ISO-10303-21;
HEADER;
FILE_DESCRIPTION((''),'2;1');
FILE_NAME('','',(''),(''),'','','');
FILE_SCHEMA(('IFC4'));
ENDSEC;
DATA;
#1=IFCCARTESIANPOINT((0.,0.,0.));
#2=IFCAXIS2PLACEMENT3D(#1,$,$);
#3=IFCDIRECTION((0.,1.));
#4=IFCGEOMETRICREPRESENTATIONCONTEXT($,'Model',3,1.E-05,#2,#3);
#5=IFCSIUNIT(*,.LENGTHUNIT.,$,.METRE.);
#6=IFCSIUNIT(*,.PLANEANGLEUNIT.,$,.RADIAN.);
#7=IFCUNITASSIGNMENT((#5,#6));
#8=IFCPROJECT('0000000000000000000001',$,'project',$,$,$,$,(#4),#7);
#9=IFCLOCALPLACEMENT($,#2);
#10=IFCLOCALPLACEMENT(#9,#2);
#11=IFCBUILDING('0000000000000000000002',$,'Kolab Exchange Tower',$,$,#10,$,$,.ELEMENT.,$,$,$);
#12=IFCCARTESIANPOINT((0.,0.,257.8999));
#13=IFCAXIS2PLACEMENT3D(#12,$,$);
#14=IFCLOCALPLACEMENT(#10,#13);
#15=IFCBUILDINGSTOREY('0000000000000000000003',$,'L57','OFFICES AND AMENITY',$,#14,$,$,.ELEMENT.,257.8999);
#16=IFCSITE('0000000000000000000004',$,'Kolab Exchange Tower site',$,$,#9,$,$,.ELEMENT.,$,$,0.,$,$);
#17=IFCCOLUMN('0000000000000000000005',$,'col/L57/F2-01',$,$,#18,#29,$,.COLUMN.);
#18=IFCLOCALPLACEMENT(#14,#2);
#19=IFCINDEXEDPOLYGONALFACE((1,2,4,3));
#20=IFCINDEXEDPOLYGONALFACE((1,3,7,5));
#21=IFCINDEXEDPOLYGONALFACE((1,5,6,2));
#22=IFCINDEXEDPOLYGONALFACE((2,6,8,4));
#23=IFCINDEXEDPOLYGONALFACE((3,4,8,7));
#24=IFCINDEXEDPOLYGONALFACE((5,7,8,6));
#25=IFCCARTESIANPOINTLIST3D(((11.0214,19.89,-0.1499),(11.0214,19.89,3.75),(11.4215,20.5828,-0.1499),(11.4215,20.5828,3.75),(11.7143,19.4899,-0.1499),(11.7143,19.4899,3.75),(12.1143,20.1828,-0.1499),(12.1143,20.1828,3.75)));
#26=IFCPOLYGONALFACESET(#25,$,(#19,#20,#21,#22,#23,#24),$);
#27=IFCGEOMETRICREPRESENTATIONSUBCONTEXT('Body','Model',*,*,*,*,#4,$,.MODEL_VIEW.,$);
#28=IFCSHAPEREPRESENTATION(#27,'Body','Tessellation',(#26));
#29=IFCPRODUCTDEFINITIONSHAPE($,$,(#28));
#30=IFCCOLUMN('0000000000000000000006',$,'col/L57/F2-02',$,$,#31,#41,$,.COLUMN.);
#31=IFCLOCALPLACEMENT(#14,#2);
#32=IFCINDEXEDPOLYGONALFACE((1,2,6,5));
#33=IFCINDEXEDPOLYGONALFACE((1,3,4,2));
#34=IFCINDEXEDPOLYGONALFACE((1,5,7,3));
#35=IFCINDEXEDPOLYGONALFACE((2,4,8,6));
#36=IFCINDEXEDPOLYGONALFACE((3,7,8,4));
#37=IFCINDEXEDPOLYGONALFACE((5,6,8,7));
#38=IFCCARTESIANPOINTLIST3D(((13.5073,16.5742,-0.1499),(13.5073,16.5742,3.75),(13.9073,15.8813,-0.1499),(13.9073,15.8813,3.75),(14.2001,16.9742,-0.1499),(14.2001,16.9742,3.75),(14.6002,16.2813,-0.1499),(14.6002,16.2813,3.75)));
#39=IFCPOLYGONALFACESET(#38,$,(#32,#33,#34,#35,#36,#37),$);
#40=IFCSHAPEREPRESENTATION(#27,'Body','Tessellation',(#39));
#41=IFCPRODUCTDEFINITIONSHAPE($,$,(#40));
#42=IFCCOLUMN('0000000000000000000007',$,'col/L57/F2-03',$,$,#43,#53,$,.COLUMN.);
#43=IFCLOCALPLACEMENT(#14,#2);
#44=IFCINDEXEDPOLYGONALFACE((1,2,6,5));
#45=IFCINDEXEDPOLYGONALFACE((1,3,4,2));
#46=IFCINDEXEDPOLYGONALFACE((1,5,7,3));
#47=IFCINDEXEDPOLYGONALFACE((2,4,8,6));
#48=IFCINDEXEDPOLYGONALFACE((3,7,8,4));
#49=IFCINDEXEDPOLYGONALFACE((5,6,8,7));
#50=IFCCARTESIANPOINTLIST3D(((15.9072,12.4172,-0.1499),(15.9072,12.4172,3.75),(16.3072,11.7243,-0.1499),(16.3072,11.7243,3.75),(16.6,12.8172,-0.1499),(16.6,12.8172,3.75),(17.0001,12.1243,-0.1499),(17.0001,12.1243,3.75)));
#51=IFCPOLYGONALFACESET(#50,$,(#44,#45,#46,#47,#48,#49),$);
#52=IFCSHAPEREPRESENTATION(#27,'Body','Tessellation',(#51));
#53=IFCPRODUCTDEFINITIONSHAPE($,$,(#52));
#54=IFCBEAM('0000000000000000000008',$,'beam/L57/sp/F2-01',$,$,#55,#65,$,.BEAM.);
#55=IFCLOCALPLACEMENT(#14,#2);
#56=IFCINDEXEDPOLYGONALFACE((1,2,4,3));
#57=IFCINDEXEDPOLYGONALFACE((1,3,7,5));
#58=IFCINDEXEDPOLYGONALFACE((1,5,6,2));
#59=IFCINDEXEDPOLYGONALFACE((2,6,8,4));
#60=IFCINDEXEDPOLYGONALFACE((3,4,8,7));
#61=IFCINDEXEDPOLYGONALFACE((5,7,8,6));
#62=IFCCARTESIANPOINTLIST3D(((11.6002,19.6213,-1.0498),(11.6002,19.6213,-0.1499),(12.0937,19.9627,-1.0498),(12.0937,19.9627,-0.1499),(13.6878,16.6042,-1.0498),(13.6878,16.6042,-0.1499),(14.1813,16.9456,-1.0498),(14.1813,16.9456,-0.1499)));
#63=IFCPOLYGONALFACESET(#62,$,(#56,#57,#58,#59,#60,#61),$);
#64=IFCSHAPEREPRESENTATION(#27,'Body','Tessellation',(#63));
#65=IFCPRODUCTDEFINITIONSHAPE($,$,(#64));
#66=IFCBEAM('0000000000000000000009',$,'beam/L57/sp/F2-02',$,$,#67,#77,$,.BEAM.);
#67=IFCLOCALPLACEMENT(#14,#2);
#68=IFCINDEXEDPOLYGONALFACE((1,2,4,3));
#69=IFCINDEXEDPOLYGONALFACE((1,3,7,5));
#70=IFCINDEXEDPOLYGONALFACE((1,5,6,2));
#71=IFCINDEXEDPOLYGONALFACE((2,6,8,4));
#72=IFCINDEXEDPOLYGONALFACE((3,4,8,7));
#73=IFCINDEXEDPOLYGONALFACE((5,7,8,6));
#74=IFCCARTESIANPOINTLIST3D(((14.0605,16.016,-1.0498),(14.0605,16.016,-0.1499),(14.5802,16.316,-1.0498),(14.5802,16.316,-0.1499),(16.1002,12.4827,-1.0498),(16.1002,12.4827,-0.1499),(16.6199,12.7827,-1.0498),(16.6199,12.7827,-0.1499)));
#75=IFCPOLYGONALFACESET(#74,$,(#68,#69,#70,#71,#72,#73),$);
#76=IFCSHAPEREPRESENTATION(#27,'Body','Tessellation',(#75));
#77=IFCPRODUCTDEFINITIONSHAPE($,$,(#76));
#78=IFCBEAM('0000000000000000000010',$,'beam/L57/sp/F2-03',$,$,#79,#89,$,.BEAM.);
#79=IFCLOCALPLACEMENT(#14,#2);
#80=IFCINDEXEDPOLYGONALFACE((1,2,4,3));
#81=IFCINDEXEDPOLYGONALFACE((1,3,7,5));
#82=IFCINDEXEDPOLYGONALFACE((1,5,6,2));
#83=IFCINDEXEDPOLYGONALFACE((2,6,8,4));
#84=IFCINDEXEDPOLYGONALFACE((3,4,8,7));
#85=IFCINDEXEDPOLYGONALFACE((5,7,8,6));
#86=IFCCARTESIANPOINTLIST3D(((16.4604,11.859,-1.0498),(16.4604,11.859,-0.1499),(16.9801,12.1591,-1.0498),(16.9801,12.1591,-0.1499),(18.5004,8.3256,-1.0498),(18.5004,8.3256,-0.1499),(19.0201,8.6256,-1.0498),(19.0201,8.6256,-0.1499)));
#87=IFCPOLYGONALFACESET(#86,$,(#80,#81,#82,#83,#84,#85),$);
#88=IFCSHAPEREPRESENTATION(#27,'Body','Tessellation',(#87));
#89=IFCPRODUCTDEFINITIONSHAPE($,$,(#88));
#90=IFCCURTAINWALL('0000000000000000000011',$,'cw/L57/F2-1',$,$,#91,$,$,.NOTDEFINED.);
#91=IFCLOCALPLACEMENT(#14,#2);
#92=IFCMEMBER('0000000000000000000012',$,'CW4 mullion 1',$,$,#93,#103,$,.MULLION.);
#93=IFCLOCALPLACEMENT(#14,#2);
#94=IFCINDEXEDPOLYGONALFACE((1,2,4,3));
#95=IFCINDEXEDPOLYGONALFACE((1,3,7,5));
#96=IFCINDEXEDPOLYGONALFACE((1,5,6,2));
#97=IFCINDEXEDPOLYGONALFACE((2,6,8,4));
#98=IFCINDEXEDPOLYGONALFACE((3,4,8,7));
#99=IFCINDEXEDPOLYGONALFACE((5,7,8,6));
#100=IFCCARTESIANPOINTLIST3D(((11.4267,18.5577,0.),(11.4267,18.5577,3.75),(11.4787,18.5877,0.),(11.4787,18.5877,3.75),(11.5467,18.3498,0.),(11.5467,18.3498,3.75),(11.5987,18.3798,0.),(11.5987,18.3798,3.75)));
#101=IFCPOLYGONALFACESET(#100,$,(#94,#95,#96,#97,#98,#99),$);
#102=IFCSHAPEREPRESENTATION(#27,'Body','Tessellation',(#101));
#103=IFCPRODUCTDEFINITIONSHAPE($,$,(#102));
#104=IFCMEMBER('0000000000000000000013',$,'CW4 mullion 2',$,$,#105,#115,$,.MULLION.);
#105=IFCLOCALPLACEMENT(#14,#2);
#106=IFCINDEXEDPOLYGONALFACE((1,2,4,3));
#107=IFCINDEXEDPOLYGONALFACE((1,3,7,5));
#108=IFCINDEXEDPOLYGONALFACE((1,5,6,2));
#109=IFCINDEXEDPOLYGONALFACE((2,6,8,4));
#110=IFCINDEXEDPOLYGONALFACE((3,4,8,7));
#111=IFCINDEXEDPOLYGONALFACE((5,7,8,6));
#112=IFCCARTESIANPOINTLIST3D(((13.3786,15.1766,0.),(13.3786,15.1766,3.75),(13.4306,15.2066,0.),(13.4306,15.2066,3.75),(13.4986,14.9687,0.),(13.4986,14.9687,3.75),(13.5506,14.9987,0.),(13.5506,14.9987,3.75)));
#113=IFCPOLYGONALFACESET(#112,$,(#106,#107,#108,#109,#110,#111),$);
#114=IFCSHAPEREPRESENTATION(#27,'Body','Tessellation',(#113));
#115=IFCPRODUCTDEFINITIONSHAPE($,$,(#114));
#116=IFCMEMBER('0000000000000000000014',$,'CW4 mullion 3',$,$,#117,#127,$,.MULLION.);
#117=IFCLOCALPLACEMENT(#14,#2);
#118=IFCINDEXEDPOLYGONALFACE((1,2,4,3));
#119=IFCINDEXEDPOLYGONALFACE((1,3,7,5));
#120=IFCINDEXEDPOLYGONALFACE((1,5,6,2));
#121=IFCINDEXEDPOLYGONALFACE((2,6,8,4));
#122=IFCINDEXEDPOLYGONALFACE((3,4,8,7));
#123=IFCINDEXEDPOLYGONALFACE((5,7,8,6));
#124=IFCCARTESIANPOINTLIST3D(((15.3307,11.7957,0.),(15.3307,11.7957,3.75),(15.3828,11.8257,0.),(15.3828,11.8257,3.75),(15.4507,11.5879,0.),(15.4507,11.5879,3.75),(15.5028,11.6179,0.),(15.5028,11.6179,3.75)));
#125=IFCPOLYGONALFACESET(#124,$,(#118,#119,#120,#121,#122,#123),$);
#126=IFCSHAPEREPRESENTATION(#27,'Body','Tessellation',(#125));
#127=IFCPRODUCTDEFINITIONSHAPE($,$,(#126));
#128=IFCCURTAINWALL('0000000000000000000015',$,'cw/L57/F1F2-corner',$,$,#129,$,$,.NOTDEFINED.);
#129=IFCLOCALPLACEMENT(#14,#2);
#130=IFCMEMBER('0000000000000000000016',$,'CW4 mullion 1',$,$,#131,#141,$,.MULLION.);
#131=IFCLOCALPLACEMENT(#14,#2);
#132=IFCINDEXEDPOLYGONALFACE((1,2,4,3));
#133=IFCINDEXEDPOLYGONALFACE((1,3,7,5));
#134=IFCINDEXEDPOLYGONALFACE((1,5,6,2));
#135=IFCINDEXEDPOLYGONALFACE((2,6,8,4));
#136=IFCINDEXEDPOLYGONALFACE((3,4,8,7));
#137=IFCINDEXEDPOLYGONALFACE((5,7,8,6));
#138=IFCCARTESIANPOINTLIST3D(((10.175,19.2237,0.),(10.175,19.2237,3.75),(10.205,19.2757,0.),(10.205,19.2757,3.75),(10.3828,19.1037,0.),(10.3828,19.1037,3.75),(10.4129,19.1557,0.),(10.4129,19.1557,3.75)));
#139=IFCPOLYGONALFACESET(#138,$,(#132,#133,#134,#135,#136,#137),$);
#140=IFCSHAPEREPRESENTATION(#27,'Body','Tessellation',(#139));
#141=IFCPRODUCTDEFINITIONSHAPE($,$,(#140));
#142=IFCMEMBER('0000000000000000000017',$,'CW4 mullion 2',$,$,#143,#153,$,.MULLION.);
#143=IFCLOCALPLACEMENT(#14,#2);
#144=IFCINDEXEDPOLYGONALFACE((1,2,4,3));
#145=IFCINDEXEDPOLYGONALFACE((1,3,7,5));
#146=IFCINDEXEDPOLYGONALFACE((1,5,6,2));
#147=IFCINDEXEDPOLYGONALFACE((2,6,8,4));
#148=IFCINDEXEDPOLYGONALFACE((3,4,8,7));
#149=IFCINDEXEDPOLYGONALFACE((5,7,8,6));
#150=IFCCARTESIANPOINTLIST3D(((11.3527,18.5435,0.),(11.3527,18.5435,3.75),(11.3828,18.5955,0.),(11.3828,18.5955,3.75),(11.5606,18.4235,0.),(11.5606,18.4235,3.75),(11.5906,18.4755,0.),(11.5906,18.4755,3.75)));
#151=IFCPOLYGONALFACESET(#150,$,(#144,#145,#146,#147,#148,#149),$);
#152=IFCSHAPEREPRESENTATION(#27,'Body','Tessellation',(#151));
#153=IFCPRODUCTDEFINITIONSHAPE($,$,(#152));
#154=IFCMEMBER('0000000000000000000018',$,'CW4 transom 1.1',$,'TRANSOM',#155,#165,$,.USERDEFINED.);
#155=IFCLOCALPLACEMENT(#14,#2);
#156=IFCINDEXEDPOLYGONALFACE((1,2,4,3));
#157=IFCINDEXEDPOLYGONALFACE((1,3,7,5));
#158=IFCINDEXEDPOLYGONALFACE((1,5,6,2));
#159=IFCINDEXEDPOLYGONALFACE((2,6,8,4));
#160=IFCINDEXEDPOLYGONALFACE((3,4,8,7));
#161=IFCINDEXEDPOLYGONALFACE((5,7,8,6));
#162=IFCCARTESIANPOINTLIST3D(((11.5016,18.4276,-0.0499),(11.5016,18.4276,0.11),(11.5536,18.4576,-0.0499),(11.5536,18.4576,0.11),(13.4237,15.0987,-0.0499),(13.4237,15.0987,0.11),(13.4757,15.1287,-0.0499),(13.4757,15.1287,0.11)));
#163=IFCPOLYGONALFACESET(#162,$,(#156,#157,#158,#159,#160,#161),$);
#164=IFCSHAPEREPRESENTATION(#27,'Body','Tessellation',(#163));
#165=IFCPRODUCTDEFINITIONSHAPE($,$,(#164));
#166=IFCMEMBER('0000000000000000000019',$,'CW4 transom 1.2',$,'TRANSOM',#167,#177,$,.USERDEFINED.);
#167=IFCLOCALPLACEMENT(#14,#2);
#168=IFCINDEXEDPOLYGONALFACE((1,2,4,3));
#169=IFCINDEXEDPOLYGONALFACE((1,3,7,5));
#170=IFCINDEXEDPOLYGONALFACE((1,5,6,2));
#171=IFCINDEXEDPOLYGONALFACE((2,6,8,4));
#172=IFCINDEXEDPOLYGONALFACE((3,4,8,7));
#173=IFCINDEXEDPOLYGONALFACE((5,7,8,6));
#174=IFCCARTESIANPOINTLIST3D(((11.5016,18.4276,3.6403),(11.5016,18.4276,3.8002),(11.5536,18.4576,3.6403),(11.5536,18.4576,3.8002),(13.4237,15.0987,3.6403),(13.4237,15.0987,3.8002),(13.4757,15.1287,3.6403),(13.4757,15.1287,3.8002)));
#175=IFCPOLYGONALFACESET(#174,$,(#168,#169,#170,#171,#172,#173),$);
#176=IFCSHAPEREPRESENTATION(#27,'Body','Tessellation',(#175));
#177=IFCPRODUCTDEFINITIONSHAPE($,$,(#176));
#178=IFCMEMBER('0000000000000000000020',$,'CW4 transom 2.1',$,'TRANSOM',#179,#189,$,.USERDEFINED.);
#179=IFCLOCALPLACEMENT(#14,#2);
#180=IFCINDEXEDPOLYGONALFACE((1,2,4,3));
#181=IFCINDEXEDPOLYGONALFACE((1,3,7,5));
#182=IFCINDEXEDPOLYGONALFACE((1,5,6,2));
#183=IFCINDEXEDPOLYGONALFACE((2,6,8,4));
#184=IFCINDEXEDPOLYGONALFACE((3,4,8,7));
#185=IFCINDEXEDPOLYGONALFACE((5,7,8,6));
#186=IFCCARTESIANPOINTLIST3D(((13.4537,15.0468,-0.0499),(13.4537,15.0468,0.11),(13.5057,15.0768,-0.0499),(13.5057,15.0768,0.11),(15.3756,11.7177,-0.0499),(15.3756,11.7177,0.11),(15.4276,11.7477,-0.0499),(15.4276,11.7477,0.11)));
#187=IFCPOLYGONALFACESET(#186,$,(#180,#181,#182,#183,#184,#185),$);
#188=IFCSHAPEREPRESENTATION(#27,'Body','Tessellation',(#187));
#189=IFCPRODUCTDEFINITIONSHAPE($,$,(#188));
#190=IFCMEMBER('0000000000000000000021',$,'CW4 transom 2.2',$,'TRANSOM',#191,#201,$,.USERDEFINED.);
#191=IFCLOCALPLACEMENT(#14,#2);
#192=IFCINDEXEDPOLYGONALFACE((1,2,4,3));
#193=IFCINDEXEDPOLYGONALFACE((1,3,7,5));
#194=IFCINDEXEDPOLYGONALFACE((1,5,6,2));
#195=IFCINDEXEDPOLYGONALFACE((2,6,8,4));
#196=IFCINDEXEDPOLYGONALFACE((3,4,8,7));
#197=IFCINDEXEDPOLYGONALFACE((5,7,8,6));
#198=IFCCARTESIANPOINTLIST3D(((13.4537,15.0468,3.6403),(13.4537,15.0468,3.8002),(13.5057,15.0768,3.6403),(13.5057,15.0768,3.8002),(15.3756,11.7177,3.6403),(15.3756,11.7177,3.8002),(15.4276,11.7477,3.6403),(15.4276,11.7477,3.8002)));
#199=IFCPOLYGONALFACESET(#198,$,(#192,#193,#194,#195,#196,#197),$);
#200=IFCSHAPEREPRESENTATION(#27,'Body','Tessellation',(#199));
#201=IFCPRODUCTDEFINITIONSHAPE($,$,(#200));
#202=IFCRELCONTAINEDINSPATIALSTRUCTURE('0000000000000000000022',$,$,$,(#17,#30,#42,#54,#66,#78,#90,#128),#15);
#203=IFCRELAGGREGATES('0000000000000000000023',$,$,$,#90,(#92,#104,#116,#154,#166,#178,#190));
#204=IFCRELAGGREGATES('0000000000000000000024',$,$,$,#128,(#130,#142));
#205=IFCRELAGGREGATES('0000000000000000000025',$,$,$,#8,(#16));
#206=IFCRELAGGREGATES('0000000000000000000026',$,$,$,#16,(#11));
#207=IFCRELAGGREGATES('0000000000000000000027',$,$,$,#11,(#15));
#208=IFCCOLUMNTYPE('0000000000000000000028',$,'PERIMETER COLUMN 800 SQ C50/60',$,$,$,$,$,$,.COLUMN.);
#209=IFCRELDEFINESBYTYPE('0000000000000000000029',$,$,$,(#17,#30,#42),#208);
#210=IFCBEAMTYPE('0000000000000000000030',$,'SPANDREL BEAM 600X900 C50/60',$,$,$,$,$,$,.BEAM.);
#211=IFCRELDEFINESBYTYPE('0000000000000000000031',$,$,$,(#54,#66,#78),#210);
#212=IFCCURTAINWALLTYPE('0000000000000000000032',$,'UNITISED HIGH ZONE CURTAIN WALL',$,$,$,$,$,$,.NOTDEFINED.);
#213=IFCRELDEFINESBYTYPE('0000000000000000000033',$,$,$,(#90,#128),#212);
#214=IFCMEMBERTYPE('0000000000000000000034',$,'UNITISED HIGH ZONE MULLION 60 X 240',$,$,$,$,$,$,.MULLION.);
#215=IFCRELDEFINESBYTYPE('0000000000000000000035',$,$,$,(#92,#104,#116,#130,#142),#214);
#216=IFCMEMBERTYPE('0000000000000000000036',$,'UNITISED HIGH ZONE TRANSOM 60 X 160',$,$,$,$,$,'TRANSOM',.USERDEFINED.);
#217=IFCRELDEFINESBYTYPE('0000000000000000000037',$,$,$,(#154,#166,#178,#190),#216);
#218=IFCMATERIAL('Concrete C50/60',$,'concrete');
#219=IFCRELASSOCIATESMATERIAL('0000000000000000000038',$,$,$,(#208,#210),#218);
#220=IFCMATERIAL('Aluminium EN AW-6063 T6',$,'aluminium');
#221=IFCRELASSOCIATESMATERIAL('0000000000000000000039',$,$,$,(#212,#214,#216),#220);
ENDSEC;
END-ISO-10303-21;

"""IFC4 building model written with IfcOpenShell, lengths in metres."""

from ifc_helpers import new_model, si_unit, direction, frame, origin, origin_2d, place, context, subcontext, project, spatial, rectangle, extrude, material, material_profile, profile_set, type_object, element, aggregate, save


model = new_model("IFC4")

# Units and contexts
model_context = context("Model", 3, precision=1e-05, world=origin(), true_north=direction((0.0, 1.0)))
body_context = subcontext(model_context, "Body", "Model", "MODEL_VIEW")
ifc_project = project(units=[si_unit("LENGTHUNIT", "METRE"), si_unit("PLANEANGLEUNIT", "RADIAN")], contexts=[model_context])

# Site, building, storey
site_placement = place(None, origin())
site = spatial("IfcSite", under=ifc_project, at=site_placement, Name="Kolab Exchange Tower site", CompositionType="ELEMENT", RefElevation=0.0)
building_placement = place(site_placement, origin())
building = spatial("IfcBuilding", under=site, at=building_placement, Name="Kolab Exchange Tower", CompositionType="ELEMENT")
storey_placement = place(building_placement, frame((0.0, 0.0, 257.8999)))
storey = spatial("IfcBuildingStorey", under=building, at=storey_placement, Name="L57", Description="OFFICES AND AMENITY", CompositionType="ELEMENT", Elevation=257.8999)

# Columns
ifc_material_1 = material(Name="Concrete C50/60", Category="concrete")
ifc_material_profile_1 = material_profile(ifc_material_1, rectangle(XDim=0.8, YDim=0.8, at=origin_2d()), Name="RC800")
ifc_profile_set_1 = profile_set([ifc_material_profile_1], Name="Concrete C50/60")
column_type = type_object("IfcColumnType", Name="PERIMETER COLUMN 800 SQ C50/60", PredefinedType="COLUMN", material=ifc_profile_set_1)
for number, where, z_axis, x_axis, name in (
    (1, (11.5679, 20.0364, -0.1499), (0.0, 0.0, 1.0), (0.5, 0.866025, 0.0), "col/L57/F2-01"),
    (2, (14.0537, 16.4277, -0.1499), (0.0, 0.0, 1.0), (0.866025, 0.5, 0.0), "col/L57/F2-02"),
    (3, (16.4536, 12.2708, -0.1499), (0.0, 0.0, 1.0), (0.866025, 0.5, 0.0), "col/L57/F2-03"),
):
    element("IfcColumn", number, at=place(storey_placement, frame(where, z_axis=z_axis, x_axis=x_axis)), inside=storey, type_object=column_type, Name=name, PredefinedType="COLUMN", context=body_context, shape_type="SweptSolid", body=[
        extrude(rectangle(XDim=0.8, YDim=0.8, at=origin_2d()), origin(), (0.0, 0.0, 1.0), 3.8999),
    ])

# Beams
ifc_material_profile_2 = material_profile(ifc_material_1, rectangle(XDim=0.6001, YDim=0.8999, at=origin_2d()), Name="RC600X900")
ifc_profile_set_2 = profile_set([ifc_material_profile_2], Name="Concrete C50/60")
beam_type = type_object("IfcBeamType", Name="SPANDREL BEAM 600X900 C50/60", PredefinedType="BEAM", material=ifc_profile_set_2)
beam_1_placement = place(storey_placement, frame((11.8469, 19.792, -0.5999), z_axis=(0.569006, -0.822334, 0.0), x_axis=(0.822334, 0.569006, 0.0)))
element("IfcBeam", 4, at=beam_1_placement, inside=storey, type_object=beam_type, Name="beam/L57/sp/F2-01", PredefinedType="BEAM", context=body_context, shape_type="SweptSolid", body=[
    extrude(rectangle(XDim=0.6001, YDim=0.8999, at=origin_2d()), origin(), (0.0, 0.0, 1.0), 3.6689),
])
beam_2_placement = place(storey_placement, frame((14.3203, 16.166, -0.5999), z_axis=(0.499956, -0.866051, 0.0), x_axis=(0.866051, 0.499956, 0.0)))
element("IfcBeam", 5, at=beam_2_placement, inside=storey, type_object=beam_type, Name="beam/L57/sp/F2-02", PredefinedType="BEAM", context=body_context, shape_type="SweptSolid", body=[
    extrude(rectangle(XDim=0.6001, YDim=0.8999, at=origin_2d()), origin(), (0.0, 0.0, 1.0), 4.0798),
])
beam_3_placement = place(storey_placement, frame((16.7202, 12.009, -0.5999), z_axis=(0.5, -0.866025, 0.0), x_axis=(0.866025, 0.5, 0.0)))
element("IfcBeam", 6, at=beam_3_placement, inside=storey, type_object=beam_type, Name="beam/L57/sp/F2-03", PredefinedType="BEAM", context=body_context, shape_type="SweptSolid", body=[
    extrude(rectangle(XDim=0.6001, YDim=0.8999, at=origin_2d()), origin(), (0.0, 0.0, 1.0), 4.0801),
])

# Curtain walls, members
ifc_material_2 = material(Name="Aluminium EN AW-6063 T6", Category="aluminium")
curtain_wall_type = type_object("IfcCurtainWallType", Name="UNITISED HIGH ZONE CURTAIN WALL", PredefinedType="NOTDEFINED", material=ifc_material_2)
curtain_wall_1_placement = place(storey_placement, origin())
curtain_wall_1 = element("IfcCurtainWall", 7, at=curtain_wall_1_placement, inside=storey, type_object=curtain_wall_type, Name="cw/L57/F2-1", PredefinedType="NOTDEFINED")
ifc_material_profile_3 = material_profile(ifc_material_2, rectangle(XDim=0.0601, YDim=0.24, at=origin_2d()), Name="RECT 60X240")
ifc_profile_set_3 = profile_set([ifc_material_profile_3], Name="Aluminium EN AW-6063 T6")
member_type_1 = type_object("IfcMemberType", Name="UNITISED HIGH ZONE MULLION 60 X 240", PredefinedType="MULLION", material=ifc_profile_set_3)
member_1_placement = place(storey_placement, frame((11.5127, 18.4688, 0.0), z_axis=(0.0, 0.0, 1.0), x_axis=(0.866025, 0.5, 0.0)))
member_1 = element("IfcMember", 8, at=member_1_placement, type_object=member_type_1, Name="CW4 mullion 1", PredefinedType="MULLION", context=body_context, shape_type="SweptSolid", body=[
    extrude(rectangle(XDim=0.0601, YDim=0.24, at=origin_2d()), origin(), (0.0, 0.0, 1.0), 3.75),
])
member_2_placement = place(storey_placement, frame((13.4646, 15.0876, 0.0), z_axis=(0.0, 0.0, 1.0), x_axis=(0.866025, 0.5, 0.0)))
member_2 = element("IfcMember", 9, at=member_2_placement, type_object=member_type_1, Name="CW4 mullion 2", PredefinedType="MULLION", context=body_context, shape_type="SweptSolid", body=[
    extrude(rectangle(XDim=0.0601, YDim=0.24, at=origin_2d()), origin(), (0.0, 0.0, 1.0), 3.75),
])
member_3_placement = place(storey_placement, frame((15.4167, 11.7068, 0.0), z_axis=(0.0, 0.0, 1.0), x_axis=(0.866025, 0.5, 0.0)))
member_3 = element("IfcMember", 10, at=member_3_placement, type_object=member_type_1, Name="CW4 mullion 3", PredefinedType="MULLION", context=body_context, shape_type="SweptSolid", body=[
    extrude(rectangle(XDim=0.0601, YDim=0.24, at=origin_2d()), origin(), (0.0, 0.0, 1.0), 3.75),
])
curtain_wall_2_placement = place(storey_placement, origin())
curtain_wall_2 = element("IfcCurtainWall", 11, at=curtain_wall_2_placement, inside=storey, type_object=curtain_wall_type, Name="cw/L57/F1F2-corner", PredefinedType="NOTDEFINED")
member_4_placement = place(storey_placement, frame((10.2939, 19.1897, 0.0), z_axis=(0.0, 0.0, 1.0), x_axis=(0.5, 0.866025, 0.0)))
member_4 = element("IfcMember", 12, at=member_4_placement, type_object=member_type_1, Name="CW4 mullion 1", PredefinedType="MULLION", context=body_context, shape_type="SweptSolid", body=[
    extrude(rectangle(XDim=0.0601, YDim=0.24, at=origin_2d()), origin(), (0.0, 0.0, 1.0), 3.75),
])
member_5_placement = place(storey_placement, frame((11.4717, 18.5095, 0.0), z_axis=(0.0, 0.0, 1.0), x_axis=(0.5, 0.866025, 0.0)))
member_5 = element("IfcMember", 13, at=member_5_placement, type_object=member_type_1, Name="CW4 mullion 2", PredefinedType="MULLION", context=body_context, shape_type="SweptSolid", body=[
    extrude(rectangle(XDim=0.0601, YDim=0.24, at=origin_2d()), origin(), (0.0, 0.0, 1.0), 3.75),
])

# Members
ifc_material_profile_4 = material_profile(ifc_material_2, rectangle(XDim=0.0601, YDim=0.1599, at=origin_2d()), Name="RECT 60X160")
ifc_profile_set_4 = profile_set([ifc_material_profile_4], Name="Aluminium EN AW-6063 T6")
member_type_2 = type_object("IfcMemberType", Name="UNITISED HIGH ZONE TRANSOM 60 X 160", ElementType="TRANSOM", PredefinedType="USERDEFINED", material=ifc_profile_set_4)
member_6_placement = place(storey_placement, frame((11.5276, 18.4426, 0.03), z_axis=(0.500039, -0.866003, 0.0), x_axis=(0.866003, 0.500039, 0.0)))
member_6 = element("IfcMember", 14, at=member_6_placement, type_object=member_type_2, Name="CW4 transom 1.1", ObjectType="TRANSOM", PredefinedType="USERDEFINED", context=body_context, shape_type="SweptSolid", body=[
    extrude(rectangle(XDim=0.0601, YDim=0.1599, at=origin_2d()), origin(), (0.0, 0.0, 1.0), 3.844),
])
member_7_placement = place(storey_placement, frame((11.5276, 18.4426, 3.7202), z_axis=(0.500039, -0.866003, 0.0), x_axis=(0.866003, 0.500039, 0.0)))
member_7 = element("IfcMember", 15, at=member_7_placement, type_object=member_type_2, Name="CW4 transom 1.2", ObjectType="TRANSOM", PredefinedType="USERDEFINED", context=body_context, shape_type="SweptSolid", body=[
    extrude(rectangle(XDim=0.0601, YDim=0.1599, at=origin_2d()), origin(), (0.0, 0.0, 1.0), 3.844),
])
member_8_placement = place(storey_placement, frame((13.4797, 15.0618, 0.03), z_axis=(0.499964, -0.866046, 0.0), x_axis=(0.866046, 0.499964, 0.0)))
member_8 = element("IfcMember", 16, at=member_8_placement, type_object=member_type_2, Name="CW4 transom 2.1", ObjectType="TRANSOM", PredefinedType="USERDEFINED", context=body_context, shape_type="SweptSolid", body=[
    extrude(rectangle(XDim=0.0601, YDim=0.1599, at=origin_2d()), origin(), (0.0, 0.0, 1.0), 3.844),
])
member_9_placement = place(storey_placement, frame((13.4797, 15.0618, 3.7202), z_axis=(0.499964, -0.866046, 0.0), x_axis=(0.866046, 0.499964, 0.0)))
member_9 = element("IfcMember", 17, at=member_9_placement, type_object=member_type_2, Name="CW4 transom 2.2", ObjectType="TRANSOM", PredefinedType="USERDEFINED", context=body_context, shape_type="SweptSolid", body=[
    extrude(rectangle(XDim=0.0601, YDim=0.1599, at=origin_2d()), origin(), (0.0, 0.0, 1.0), 3.844),
])

aggregate(curtain_wall_1, [member_1, member_2, member_3, member_6, member_7, member_8, member_9])
aggregate(curtain_wall_2, [member_4, member_5])

save(model, "model.ifc")
